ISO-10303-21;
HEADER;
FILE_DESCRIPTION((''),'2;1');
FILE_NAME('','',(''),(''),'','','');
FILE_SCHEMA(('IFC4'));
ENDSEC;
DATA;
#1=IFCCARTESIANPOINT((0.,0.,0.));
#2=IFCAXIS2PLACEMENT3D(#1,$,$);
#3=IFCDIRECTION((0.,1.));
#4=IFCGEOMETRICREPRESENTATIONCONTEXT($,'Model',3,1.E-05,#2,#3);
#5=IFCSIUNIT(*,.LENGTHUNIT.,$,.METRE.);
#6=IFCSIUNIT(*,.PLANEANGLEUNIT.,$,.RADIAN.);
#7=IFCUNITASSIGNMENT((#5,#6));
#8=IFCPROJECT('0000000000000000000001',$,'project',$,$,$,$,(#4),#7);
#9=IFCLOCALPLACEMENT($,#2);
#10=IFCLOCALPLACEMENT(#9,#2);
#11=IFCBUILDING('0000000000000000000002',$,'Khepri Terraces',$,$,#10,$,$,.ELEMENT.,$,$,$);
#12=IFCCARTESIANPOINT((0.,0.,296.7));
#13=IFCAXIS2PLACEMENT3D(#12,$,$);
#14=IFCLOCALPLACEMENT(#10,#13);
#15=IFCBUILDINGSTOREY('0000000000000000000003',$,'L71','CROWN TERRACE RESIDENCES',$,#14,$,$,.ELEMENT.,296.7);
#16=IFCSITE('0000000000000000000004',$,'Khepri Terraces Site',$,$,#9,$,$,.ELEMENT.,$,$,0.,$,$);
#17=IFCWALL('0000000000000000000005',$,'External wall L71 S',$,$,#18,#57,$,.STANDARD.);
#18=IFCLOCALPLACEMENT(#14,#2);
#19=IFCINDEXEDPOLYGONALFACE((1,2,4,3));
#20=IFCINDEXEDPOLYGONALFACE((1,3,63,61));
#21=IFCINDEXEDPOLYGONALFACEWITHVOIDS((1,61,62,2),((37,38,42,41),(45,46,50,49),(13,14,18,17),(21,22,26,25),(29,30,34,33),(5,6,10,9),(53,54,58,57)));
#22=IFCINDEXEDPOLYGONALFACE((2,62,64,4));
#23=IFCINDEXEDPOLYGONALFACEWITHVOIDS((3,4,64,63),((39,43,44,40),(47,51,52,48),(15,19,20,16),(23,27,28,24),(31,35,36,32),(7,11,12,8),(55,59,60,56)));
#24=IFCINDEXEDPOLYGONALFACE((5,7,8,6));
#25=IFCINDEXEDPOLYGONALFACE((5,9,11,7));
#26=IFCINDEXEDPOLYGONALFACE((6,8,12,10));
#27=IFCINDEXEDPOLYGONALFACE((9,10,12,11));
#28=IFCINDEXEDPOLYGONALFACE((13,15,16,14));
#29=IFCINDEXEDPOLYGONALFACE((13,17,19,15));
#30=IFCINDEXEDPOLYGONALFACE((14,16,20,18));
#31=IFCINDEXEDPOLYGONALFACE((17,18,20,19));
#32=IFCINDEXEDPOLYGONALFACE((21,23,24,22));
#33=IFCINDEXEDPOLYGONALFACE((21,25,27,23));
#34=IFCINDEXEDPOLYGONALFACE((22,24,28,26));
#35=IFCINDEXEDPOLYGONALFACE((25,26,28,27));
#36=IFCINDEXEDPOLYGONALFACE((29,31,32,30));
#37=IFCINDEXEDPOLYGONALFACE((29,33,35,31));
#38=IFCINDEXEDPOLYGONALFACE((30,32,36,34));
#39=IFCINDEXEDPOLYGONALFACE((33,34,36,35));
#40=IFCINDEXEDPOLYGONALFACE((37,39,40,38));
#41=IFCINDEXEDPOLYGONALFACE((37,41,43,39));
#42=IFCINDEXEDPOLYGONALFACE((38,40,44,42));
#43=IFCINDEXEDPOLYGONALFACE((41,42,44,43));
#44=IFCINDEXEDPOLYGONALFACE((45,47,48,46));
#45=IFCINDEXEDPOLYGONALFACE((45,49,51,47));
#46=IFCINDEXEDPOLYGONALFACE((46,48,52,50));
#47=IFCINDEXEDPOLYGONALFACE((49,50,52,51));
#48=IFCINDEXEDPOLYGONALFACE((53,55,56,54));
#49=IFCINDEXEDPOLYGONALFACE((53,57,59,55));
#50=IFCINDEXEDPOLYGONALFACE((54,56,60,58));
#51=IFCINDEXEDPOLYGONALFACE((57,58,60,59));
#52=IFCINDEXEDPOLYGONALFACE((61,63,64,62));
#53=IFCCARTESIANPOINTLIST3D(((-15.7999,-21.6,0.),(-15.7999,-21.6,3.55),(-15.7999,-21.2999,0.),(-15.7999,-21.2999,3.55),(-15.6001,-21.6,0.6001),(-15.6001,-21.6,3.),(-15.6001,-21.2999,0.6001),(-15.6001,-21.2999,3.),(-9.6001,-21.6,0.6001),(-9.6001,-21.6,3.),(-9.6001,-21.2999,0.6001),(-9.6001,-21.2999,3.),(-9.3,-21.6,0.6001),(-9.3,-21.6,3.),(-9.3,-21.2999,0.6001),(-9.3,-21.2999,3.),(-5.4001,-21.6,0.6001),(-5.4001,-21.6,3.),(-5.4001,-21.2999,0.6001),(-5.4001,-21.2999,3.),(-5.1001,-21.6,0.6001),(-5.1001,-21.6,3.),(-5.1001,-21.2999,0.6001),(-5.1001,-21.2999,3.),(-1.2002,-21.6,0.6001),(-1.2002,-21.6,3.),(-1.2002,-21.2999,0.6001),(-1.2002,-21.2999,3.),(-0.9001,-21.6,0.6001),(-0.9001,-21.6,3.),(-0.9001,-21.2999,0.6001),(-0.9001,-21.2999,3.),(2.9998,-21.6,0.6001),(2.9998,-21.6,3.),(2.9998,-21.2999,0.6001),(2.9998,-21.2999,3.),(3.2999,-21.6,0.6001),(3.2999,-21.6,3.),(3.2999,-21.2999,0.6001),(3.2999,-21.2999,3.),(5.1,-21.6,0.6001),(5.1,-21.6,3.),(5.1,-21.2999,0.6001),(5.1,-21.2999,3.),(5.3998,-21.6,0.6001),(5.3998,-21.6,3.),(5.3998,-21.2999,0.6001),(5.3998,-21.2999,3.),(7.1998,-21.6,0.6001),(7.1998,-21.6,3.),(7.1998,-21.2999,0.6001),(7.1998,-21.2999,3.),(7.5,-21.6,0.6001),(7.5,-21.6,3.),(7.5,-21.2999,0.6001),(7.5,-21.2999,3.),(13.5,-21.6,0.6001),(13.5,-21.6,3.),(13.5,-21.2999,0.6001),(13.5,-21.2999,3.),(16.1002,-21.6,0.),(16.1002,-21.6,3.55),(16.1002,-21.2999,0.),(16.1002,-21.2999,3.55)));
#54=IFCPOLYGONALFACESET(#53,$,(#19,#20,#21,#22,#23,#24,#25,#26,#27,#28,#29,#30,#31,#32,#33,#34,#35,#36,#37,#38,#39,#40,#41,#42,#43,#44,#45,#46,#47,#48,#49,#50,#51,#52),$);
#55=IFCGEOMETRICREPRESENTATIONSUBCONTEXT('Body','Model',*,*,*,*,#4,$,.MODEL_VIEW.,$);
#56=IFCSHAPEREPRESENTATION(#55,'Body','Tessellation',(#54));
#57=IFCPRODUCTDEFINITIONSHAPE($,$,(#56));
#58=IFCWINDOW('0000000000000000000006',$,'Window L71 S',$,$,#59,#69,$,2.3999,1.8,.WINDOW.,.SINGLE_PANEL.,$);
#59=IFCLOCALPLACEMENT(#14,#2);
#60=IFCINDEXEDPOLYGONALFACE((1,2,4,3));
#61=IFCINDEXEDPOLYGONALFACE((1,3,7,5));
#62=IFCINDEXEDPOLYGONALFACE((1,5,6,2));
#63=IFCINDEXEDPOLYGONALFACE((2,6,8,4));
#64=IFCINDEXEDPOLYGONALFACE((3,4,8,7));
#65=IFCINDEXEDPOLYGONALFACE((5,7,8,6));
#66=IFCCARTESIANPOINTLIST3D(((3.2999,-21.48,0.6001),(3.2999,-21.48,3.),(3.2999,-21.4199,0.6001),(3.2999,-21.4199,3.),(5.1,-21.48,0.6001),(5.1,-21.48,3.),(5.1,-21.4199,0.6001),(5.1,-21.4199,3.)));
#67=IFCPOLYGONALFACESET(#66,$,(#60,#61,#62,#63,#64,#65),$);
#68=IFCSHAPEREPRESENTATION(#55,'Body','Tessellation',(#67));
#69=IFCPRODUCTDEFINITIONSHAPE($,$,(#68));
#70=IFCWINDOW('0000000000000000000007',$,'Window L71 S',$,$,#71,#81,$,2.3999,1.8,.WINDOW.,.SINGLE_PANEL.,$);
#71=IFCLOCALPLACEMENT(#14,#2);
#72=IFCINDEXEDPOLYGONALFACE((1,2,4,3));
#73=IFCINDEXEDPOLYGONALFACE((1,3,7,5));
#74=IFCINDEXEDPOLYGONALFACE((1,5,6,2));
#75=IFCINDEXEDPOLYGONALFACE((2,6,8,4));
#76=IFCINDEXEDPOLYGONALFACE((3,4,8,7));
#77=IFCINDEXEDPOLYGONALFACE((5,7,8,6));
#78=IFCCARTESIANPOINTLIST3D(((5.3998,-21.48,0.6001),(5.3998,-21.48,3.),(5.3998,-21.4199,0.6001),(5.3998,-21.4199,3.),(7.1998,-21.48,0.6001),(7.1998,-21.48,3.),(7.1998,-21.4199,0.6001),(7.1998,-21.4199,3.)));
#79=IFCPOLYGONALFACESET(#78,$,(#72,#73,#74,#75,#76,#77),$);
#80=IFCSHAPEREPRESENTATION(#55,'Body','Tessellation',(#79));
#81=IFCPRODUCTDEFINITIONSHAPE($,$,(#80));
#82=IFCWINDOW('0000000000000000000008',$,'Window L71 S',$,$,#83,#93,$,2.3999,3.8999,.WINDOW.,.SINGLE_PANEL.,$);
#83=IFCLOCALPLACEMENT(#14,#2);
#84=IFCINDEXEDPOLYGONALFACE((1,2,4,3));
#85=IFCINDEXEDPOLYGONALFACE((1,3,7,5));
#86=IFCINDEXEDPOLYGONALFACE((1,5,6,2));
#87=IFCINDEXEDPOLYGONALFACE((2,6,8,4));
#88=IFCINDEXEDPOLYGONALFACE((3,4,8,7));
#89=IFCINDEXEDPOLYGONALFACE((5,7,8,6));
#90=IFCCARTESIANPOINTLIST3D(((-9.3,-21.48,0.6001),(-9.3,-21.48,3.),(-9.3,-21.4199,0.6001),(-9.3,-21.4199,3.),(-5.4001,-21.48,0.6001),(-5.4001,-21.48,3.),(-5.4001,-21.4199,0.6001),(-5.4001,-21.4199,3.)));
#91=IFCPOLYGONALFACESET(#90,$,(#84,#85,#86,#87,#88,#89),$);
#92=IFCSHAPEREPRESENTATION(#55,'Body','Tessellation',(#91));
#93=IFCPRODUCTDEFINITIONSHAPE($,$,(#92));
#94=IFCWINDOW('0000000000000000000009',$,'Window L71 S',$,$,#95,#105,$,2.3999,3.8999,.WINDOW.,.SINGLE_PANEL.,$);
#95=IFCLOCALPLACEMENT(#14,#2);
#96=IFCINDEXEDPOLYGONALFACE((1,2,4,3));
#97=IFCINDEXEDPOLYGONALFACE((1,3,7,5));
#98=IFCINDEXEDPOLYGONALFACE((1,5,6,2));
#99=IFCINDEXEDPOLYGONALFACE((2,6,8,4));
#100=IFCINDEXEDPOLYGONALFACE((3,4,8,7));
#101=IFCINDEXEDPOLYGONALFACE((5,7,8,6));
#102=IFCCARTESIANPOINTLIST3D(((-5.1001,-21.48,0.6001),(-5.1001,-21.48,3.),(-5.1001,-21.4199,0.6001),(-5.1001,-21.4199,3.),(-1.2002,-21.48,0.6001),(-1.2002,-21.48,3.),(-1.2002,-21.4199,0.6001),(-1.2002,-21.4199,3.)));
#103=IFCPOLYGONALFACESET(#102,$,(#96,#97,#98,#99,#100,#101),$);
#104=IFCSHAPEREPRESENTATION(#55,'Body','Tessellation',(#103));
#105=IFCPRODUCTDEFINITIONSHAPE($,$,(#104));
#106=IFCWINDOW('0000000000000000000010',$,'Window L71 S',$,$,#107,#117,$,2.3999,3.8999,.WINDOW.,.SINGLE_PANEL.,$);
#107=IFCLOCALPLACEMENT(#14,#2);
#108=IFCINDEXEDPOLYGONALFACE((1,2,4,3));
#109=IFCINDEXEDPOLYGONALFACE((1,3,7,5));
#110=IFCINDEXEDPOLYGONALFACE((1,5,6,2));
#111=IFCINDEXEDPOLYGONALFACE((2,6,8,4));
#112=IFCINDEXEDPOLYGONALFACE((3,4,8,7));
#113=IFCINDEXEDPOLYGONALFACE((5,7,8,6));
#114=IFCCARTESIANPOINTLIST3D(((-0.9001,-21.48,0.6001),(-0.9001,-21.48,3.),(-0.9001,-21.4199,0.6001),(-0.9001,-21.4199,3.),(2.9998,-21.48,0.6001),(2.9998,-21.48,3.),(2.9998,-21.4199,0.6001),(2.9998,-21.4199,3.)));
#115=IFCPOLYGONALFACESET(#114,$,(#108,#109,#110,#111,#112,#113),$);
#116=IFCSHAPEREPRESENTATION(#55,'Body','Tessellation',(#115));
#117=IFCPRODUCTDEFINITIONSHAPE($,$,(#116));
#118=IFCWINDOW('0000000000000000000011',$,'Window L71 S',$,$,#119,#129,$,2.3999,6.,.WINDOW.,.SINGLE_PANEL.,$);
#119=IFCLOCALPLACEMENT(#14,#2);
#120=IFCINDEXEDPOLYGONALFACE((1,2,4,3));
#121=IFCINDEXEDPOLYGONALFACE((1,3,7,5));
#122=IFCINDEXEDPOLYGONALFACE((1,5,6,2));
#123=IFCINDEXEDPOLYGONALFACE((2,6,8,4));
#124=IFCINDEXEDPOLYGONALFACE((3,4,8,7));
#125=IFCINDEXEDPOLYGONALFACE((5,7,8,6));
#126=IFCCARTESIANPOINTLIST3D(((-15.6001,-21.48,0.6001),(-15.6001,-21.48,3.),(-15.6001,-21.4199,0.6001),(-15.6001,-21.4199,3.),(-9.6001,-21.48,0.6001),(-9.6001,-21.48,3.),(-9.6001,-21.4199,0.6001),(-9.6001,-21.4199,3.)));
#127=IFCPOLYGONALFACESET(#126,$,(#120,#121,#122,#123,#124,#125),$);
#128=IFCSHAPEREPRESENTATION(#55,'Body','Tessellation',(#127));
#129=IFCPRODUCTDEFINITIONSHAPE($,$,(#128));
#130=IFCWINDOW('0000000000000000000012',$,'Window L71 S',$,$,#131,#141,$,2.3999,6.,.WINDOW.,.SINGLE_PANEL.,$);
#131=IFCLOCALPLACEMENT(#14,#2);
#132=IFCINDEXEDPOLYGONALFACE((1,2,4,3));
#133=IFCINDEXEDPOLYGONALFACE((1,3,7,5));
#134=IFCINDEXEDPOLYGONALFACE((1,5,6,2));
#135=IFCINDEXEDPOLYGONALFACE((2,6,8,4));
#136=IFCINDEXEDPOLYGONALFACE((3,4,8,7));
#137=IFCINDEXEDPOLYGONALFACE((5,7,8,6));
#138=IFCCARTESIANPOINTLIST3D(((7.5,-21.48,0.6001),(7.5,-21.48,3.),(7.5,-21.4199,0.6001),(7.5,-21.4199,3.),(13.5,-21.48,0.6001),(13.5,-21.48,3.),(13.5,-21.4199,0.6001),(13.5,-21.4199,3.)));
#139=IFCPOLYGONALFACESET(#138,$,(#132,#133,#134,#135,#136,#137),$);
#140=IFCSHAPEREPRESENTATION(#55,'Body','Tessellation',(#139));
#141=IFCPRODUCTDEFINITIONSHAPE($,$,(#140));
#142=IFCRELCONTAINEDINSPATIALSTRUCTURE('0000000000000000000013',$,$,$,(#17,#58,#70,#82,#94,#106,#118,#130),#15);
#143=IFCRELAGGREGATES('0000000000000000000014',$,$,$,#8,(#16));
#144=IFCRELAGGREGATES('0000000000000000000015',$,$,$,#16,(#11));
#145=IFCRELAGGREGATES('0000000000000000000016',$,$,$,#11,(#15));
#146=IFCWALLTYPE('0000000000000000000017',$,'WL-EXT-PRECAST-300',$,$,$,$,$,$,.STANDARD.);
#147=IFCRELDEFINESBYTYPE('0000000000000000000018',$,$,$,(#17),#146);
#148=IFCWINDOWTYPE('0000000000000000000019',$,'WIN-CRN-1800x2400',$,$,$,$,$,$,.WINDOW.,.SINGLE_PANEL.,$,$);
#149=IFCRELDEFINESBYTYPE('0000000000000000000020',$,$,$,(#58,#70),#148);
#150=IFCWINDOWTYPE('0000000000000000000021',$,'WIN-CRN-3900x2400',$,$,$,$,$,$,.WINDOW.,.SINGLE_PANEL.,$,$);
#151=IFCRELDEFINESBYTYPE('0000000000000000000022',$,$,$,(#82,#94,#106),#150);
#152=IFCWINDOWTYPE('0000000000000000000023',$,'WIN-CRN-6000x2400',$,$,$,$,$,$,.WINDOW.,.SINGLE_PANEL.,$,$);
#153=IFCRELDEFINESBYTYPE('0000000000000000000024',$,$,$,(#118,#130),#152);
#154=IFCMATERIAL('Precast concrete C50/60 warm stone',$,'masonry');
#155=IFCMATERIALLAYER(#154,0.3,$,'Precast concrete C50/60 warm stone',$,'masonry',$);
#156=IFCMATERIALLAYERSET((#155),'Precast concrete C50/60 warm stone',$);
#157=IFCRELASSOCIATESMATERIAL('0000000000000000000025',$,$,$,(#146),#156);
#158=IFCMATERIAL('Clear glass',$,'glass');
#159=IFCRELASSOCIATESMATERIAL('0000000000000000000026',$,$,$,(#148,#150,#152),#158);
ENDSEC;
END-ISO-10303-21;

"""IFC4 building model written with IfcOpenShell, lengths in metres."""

from ifc_helpers import new_model, si_unit, direction, frame, frame_2d, origin, place, context, subcontext, project, spatial, rectangle, extrude, material, layer, layer_set, type_object, element, fill, save


model = new_model("IFC4")

# Units and contexts
model_context = context("Model", 3, precision=1e-05, world=origin(), true_north=direction((0.0, 1.0)))
body_context = subcontext(model_context, "Body", "Model", "MODEL_VIEW")
ifc_project = project(units=[si_unit("LENGTHUNIT", "METRE"), si_unit("PLANEANGLEUNIT", "RADIAN")], contexts=[model_context])

# Site, building, storey
site_placement = place(None, origin())
site = spatial("IfcSite", under=ifc_project, at=site_placement, Name="Khepri Terraces Site", CompositionType="ELEMENT", RefElevation=0.0)
building_placement = place(site_placement, origin())
building = spatial("IfcBuilding", under=site, at=building_placement, Name="Khepri Terraces", CompositionType="ELEMENT")
storey_placement = place(building_placement, frame((0.0, 0.0, 296.7)))
storey = spatial("IfcBuildingStorey", under=building, at=storey_placement, Name="L71", Description="CROWN TERRACE RESIDENCES", CompositionType="ELEMENT", Elevation=296.7)

# Shared definitions
ifc_material_1 = material(Name="Precast concrete C50/60 warm stone", Category="masonry")
ifc_layer_1 = layer(ifc_material_1, 0.3, Name="Precast concrete C50/60 warm stone", Category="masonry")
ifc_layer_set_1 = layer_set([ifc_layer_1], Name="Precast concrete C50/60 warm stone")
wall_type_1 = type_object("IfcWallType", Name="WL-EXT-PRECAST-300", PredefinedType="STANDARD", material=ifc_layer_set_1)
ifc_material_2 = material(Name="Clear glass", Category="glass")
window_type_1 = type_object("IfcWindowType", Name="WIN-CRN-1800x2400", PartitioningType="SINGLE_PANEL", PredefinedType="WINDOW", material=ifc_material_2)

# Wall, openings, windows
wall_1_placement = place(storey_placement, frame((-15.8, -21.45, 0.0), z_axis=(0.0, 0.0, 1.0), x_axis=(1.0, 0.0, 0.0)))
wall_1 = element("IfcWall", 1, at=wall_1_placement, inside=storey, type_object=wall_type_1, Name="External wall L71 S", PredefinedType="STANDARD", context=body_context, shape_type="SweptSolid", body=[
    extrude(rectangle(XDim=31.9001, YDim=0.3, at=frame_2d((15.9502, 0.0))), origin(), (0.0, 0.0, 1.0), 3.55),
])
opening_1_placement = place(wall_1_placement, frame((0.2, 0.0, 0.6001)))
opening_1 = element("IfcOpeningElement", 2, at=opening_1_placement, cuts=wall_1, PredefinedType="OPENING", context=body_context, shape_type="SweptSolid", body=[
    extrude(rectangle(XDim=6.0, YDim=2.3999, at=frame_2d((3.0, 1.2))), frame((0.0, 0.1602, 0.0), z_axis=(0.0, -1.0, 0.0), x_axis=(1.0, 0.0, 0.0)), (0.0, 0.0, 1.0), 0.3201),
])
opening_2_placement = place(wall_1_placement, frame((6.5, 0.0, 0.6001)))
opening_2 = element("IfcOpeningElement", 3, at=opening_2_placement, cuts=wall_1, PredefinedType="OPENING", context=body_context, shape_type="SweptSolid", body=[
    extrude(rectangle(XDim=3.8999, YDim=2.3999, at=frame_2d((1.95, 1.2))), frame((0.0, 0.1602, 0.0), z_axis=(0.0, -1.0, 0.0), x_axis=(1.0, 0.0, 0.0)), (0.0, 0.0, 1.0), 0.3201),
])
opening_3_placement = place(wall_1_placement, frame((10.7, 0.0, 0.6001)))
opening_3 = element("IfcOpeningElement", 4, at=opening_3_placement, cuts=wall_1, PredefinedType="OPENING", context=body_context, shape_type="SweptSolid", body=[
    extrude(rectangle(XDim=3.8999, YDim=2.3999, at=frame_2d((1.95, 1.2))), frame((0.0, 0.1602, 0.0), z_axis=(0.0, -1.0, 0.0), x_axis=(1.0, 0.0, 0.0)), (0.0, 0.0, 1.0), 0.3201),
])
opening_4_placement = place(wall_1_placement, frame((14.8999, 0.0, 0.6001)))
opening_4 = element("IfcOpeningElement", 5, at=opening_4_placement, cuts=wall_1, PredefinedType="OPENING", context=body_context, shape_type="SweptSolid", body=[
    extrude(rectangle(XDim=3.8999, YDim=2.3999, at=frame_2d((1.95, 1.2))), frame((0.0, 0.1602, 0.0), z_axis=(0.0, -1.0, 0.0), x_axis=(1.0, 0.0, 0.0)), (0.0, 0.0, 1.0), 0.3201),
])
opening_5_placement = place(wall_1_placement, frame((19.1001, 0.0, 0.6001)))
opening_5 = element("IfcOpeningElement", 6, at=opening_5_placement, cuts=wall_1, PredefinedType="OPENING", context=body_context, shape_type="SweptSolid", body=[
    extrude(rectangle(XDim=1.8, YDim=2.3999, at=frame_2d((0.8999, 1.2))), frame((0.0, 0.1602, 0.0), z_axis=(0.0, -1.0, 0.0), x_axis=(1.0, 0.0, 0.0)), (0.0, 0.0, 1.0), 0.3201),
])
opening_6_placement = place(wall_1_placement, frame((21.2, 0.0, 0.6001)))
opening_6 = element("IfcOpeningElement", 7, at=opening_6_placement, cuts=wall_1, PredefinedType="OPENING", context=body_context, shape_type="SweptSolid", body=[
    extrude(rectangle(XDim=1.8, YDim=2.3999, at=frame_2d((0.8999, 1.2))), frame((0.0, 0.1602, 0.0), z_axis=(0.0, -1.0, 0.0), x_axis=(1.0, 0.0, 0.0)), (0.0, 0.0, 1.0), 0.3201),
])
opening_7_placement = place(wall_1_placement, frame((23.3, 0.0, 0.6001)))
opening_7 = element("IfcOpeningElement", 8, at=opening_7_placement, cuts=wall_1, PredefinedType="OPENING", context=body_context, shape_type="SweptSolid", body=[
    extrude(rectangle(XDim=6.0, YDim=2.3999, at=frame_2d((3.0, 1.2))), frame((0.0, 0.1602, 0.0), z_axis=(0.0, -1.0, 0.0), x_axis=(1.0, 0.0, 0.0)), (0.0, 0.0, 1.0), 0.3201),
])
window_1_placement = place(opening_5_placement, origin())
window_1 = element("IfcWindow", 9, at=window_1_placement, inside=storey, type_object=window_type_1, Name="Window L71 S", OverallHeight=2.3999, OverallWidth=1.8, PartitioningType="SINGLE_PANEL", PredefinedType="WINDOW", context=body_context, shape_type="SweptSolid", body=[
    extrude(rectangle(XDim=1.8, YDim=2.3999, at=frame_2d((0.8999, 1.2))), frame((0.0, 0.03, 0.0), z_axis=(0.0, -1.0, 0.0), x_axis=(1.0, 0.0, 0.0)), (0.0, 0.0, 1.0), 0.0601),
])
fill(opening_5, window_1)
window_2_placement = place(opening_6_placement, origin())
window_2 = element("IfcWindow", 10, at=window_2_placement, inside=storey, type_object=window_type_1, Name="Window L71 S", OverallHeight=2.3999, OverallWidth=1.8, PartitioningType="SINGLE_PANEL", PredefinedType="WINDOW", context=body_context, shape_type="SweptSolid", body=[
    extrude(rectangle(XDim=1.8, YDim=2.3999, at=frame_2d((0.8999, 1.2))), frame((0.0, 0.03, 0.0), z_axis=(0.0, -1.0, 0.0), x_axis=(1.0, 0.0, 0.0)), (0.0, 0.0, 1.0), 0.0601),
])
fill(opening_6, window_2)
window_type_2 = type_object("IfcWindowType", Name="WIN-CRN-3900x2400", PartitioningType="SINGLE_PANEL", PredefinedType="WINDOW", material=ifc_material_2)
window_3_placement = place(opening_2_placement, origin())
window_3 = element("IfcWindow", 11, at=window_3_placement, inside=storey, type_object=window_type_2, Name="Window L71 S", OverallHeight=2.3999, OverallWidth=3.8999, PartitioningType="SINGLE_PANEL", PredefinedType="WINDOW", context=body_context, shape_type="SweptSolid", body=[
    extrude(rectangle(XDim=3.8999, YDim=2.3999, at=frame_2d((1.95, 1.2))), frame((0.0, 0.03, 0.0), z_axis=(0.0, -1.0, 0.0), x_axis=(1.0, 0.0, 0.0)), (0.0, 0.0, 1.0), 0.0601),
])
fill(opening_2, window_3)
window_4_placement = place(opening_3_placement, origin())
window_4 = element("IfcWindow", 12, at=window_4_placement, inside=storey, type_object=window_type_2, Name="Window L71 S", OverallHeight=2.3999, OverallWidth=3.8999, PartitioningType="SINGLE_PANEL", PredefinedType="WINDOW", context=body_context, shape_type="SweptSolid", body=[
    extrude(rectangle(XDim=3.8999, YDim=2.3999, at=frame_2d((1.95, 1.2))), frame((0.0, 0.03, 0.0), z_axis=(0.0, -1.0, 0.0), x_axis=(1.0, 0.0, 0.0)), (0.0, 0.0, 1.0), 0.0601),
])
fill(opening_3, window_4)
window_5_placement = place(opening_4_placement, origin())
window_5 = element("IfcWindow", 13, at=window_5_placement, inside=storey, type_object=window_type_2, Name="Window L71 S", OverallHeight=2.3999, OverallWidth=3.8999, PartitioningType="SINGLE_PANEL", PredefinedType="WINDOW", context=body_context, shape_type="SweptSolid", body=[
    extrude(rectangle(XDim=3.8999, YDim=2.3999, at=frame_2d((1.95, 1.2))), frame((0.0, 0.03, 0.0), z_axis=(0.0, -1.0, 0.0), x_axis=(1.0, 0.0, 0.0)), (0.0, 0.0, 1.0), 0.0601),
])
fill(opening_4, window_5)
window_type_3 = type_object("IfcWindowType", Name="WIN-CRN-6000x2400", PartitioningType="SINGLE_PANEL", PredefinedType="WINDOW", material=ifc_material_2)
window_6_placement = place(opening_1_placement, origin())
window_6 = element("IfcWindow", 14, at=window_6_placement, inside=storey, type_object=window_type_3, Name="Window L71 S", OverallHeight=2.3999, OverallWidth=6.0, PartitioningType="SINGLE_PANEL", PredefinedType="WINDOW", context=body_context, shape_type="SweptSolid", body=[
    extrude(rectangle(XDim=6.0, YDim=2.3999, at=frame_2d((3.0, 1.2))), frame((0.0, 0.03, 0.0), z_axis=(0.0, -1.0, 0.0), x_axis=(1.0, 0.0, 0.0)), (0.0, 0.0, 1.0), 0.0601),
])
fill(opening_1, window_6)
window_7_placement = place(opening_7_placement, origin())
window_7 = element("IfcWindow", 15, at=window_7_placement, inside=storey, type_object=window_type_3, Name="Window L71 S", OverallHeight=2.3999, OverallWidth=6.0, PartitioningType="SINGLE_PANEL", PredefinedType="WINDOW", context=body_context, shape_type="SweptSolid", body=[
    extrude(rectangle(XDim=6.0, YDim=2.3999, at=frame_2d((3.0, 1.2))), frame((0.0, 0.03, 0.0), z_axis=(0.0, -1.0, 0.0), x_axis=(1.0, 0.0, 0.0)), (0.0, 0.0, 1.0), 0.0601),
])
fill(opening_7, window_7)

save(model, "model.ifc")
